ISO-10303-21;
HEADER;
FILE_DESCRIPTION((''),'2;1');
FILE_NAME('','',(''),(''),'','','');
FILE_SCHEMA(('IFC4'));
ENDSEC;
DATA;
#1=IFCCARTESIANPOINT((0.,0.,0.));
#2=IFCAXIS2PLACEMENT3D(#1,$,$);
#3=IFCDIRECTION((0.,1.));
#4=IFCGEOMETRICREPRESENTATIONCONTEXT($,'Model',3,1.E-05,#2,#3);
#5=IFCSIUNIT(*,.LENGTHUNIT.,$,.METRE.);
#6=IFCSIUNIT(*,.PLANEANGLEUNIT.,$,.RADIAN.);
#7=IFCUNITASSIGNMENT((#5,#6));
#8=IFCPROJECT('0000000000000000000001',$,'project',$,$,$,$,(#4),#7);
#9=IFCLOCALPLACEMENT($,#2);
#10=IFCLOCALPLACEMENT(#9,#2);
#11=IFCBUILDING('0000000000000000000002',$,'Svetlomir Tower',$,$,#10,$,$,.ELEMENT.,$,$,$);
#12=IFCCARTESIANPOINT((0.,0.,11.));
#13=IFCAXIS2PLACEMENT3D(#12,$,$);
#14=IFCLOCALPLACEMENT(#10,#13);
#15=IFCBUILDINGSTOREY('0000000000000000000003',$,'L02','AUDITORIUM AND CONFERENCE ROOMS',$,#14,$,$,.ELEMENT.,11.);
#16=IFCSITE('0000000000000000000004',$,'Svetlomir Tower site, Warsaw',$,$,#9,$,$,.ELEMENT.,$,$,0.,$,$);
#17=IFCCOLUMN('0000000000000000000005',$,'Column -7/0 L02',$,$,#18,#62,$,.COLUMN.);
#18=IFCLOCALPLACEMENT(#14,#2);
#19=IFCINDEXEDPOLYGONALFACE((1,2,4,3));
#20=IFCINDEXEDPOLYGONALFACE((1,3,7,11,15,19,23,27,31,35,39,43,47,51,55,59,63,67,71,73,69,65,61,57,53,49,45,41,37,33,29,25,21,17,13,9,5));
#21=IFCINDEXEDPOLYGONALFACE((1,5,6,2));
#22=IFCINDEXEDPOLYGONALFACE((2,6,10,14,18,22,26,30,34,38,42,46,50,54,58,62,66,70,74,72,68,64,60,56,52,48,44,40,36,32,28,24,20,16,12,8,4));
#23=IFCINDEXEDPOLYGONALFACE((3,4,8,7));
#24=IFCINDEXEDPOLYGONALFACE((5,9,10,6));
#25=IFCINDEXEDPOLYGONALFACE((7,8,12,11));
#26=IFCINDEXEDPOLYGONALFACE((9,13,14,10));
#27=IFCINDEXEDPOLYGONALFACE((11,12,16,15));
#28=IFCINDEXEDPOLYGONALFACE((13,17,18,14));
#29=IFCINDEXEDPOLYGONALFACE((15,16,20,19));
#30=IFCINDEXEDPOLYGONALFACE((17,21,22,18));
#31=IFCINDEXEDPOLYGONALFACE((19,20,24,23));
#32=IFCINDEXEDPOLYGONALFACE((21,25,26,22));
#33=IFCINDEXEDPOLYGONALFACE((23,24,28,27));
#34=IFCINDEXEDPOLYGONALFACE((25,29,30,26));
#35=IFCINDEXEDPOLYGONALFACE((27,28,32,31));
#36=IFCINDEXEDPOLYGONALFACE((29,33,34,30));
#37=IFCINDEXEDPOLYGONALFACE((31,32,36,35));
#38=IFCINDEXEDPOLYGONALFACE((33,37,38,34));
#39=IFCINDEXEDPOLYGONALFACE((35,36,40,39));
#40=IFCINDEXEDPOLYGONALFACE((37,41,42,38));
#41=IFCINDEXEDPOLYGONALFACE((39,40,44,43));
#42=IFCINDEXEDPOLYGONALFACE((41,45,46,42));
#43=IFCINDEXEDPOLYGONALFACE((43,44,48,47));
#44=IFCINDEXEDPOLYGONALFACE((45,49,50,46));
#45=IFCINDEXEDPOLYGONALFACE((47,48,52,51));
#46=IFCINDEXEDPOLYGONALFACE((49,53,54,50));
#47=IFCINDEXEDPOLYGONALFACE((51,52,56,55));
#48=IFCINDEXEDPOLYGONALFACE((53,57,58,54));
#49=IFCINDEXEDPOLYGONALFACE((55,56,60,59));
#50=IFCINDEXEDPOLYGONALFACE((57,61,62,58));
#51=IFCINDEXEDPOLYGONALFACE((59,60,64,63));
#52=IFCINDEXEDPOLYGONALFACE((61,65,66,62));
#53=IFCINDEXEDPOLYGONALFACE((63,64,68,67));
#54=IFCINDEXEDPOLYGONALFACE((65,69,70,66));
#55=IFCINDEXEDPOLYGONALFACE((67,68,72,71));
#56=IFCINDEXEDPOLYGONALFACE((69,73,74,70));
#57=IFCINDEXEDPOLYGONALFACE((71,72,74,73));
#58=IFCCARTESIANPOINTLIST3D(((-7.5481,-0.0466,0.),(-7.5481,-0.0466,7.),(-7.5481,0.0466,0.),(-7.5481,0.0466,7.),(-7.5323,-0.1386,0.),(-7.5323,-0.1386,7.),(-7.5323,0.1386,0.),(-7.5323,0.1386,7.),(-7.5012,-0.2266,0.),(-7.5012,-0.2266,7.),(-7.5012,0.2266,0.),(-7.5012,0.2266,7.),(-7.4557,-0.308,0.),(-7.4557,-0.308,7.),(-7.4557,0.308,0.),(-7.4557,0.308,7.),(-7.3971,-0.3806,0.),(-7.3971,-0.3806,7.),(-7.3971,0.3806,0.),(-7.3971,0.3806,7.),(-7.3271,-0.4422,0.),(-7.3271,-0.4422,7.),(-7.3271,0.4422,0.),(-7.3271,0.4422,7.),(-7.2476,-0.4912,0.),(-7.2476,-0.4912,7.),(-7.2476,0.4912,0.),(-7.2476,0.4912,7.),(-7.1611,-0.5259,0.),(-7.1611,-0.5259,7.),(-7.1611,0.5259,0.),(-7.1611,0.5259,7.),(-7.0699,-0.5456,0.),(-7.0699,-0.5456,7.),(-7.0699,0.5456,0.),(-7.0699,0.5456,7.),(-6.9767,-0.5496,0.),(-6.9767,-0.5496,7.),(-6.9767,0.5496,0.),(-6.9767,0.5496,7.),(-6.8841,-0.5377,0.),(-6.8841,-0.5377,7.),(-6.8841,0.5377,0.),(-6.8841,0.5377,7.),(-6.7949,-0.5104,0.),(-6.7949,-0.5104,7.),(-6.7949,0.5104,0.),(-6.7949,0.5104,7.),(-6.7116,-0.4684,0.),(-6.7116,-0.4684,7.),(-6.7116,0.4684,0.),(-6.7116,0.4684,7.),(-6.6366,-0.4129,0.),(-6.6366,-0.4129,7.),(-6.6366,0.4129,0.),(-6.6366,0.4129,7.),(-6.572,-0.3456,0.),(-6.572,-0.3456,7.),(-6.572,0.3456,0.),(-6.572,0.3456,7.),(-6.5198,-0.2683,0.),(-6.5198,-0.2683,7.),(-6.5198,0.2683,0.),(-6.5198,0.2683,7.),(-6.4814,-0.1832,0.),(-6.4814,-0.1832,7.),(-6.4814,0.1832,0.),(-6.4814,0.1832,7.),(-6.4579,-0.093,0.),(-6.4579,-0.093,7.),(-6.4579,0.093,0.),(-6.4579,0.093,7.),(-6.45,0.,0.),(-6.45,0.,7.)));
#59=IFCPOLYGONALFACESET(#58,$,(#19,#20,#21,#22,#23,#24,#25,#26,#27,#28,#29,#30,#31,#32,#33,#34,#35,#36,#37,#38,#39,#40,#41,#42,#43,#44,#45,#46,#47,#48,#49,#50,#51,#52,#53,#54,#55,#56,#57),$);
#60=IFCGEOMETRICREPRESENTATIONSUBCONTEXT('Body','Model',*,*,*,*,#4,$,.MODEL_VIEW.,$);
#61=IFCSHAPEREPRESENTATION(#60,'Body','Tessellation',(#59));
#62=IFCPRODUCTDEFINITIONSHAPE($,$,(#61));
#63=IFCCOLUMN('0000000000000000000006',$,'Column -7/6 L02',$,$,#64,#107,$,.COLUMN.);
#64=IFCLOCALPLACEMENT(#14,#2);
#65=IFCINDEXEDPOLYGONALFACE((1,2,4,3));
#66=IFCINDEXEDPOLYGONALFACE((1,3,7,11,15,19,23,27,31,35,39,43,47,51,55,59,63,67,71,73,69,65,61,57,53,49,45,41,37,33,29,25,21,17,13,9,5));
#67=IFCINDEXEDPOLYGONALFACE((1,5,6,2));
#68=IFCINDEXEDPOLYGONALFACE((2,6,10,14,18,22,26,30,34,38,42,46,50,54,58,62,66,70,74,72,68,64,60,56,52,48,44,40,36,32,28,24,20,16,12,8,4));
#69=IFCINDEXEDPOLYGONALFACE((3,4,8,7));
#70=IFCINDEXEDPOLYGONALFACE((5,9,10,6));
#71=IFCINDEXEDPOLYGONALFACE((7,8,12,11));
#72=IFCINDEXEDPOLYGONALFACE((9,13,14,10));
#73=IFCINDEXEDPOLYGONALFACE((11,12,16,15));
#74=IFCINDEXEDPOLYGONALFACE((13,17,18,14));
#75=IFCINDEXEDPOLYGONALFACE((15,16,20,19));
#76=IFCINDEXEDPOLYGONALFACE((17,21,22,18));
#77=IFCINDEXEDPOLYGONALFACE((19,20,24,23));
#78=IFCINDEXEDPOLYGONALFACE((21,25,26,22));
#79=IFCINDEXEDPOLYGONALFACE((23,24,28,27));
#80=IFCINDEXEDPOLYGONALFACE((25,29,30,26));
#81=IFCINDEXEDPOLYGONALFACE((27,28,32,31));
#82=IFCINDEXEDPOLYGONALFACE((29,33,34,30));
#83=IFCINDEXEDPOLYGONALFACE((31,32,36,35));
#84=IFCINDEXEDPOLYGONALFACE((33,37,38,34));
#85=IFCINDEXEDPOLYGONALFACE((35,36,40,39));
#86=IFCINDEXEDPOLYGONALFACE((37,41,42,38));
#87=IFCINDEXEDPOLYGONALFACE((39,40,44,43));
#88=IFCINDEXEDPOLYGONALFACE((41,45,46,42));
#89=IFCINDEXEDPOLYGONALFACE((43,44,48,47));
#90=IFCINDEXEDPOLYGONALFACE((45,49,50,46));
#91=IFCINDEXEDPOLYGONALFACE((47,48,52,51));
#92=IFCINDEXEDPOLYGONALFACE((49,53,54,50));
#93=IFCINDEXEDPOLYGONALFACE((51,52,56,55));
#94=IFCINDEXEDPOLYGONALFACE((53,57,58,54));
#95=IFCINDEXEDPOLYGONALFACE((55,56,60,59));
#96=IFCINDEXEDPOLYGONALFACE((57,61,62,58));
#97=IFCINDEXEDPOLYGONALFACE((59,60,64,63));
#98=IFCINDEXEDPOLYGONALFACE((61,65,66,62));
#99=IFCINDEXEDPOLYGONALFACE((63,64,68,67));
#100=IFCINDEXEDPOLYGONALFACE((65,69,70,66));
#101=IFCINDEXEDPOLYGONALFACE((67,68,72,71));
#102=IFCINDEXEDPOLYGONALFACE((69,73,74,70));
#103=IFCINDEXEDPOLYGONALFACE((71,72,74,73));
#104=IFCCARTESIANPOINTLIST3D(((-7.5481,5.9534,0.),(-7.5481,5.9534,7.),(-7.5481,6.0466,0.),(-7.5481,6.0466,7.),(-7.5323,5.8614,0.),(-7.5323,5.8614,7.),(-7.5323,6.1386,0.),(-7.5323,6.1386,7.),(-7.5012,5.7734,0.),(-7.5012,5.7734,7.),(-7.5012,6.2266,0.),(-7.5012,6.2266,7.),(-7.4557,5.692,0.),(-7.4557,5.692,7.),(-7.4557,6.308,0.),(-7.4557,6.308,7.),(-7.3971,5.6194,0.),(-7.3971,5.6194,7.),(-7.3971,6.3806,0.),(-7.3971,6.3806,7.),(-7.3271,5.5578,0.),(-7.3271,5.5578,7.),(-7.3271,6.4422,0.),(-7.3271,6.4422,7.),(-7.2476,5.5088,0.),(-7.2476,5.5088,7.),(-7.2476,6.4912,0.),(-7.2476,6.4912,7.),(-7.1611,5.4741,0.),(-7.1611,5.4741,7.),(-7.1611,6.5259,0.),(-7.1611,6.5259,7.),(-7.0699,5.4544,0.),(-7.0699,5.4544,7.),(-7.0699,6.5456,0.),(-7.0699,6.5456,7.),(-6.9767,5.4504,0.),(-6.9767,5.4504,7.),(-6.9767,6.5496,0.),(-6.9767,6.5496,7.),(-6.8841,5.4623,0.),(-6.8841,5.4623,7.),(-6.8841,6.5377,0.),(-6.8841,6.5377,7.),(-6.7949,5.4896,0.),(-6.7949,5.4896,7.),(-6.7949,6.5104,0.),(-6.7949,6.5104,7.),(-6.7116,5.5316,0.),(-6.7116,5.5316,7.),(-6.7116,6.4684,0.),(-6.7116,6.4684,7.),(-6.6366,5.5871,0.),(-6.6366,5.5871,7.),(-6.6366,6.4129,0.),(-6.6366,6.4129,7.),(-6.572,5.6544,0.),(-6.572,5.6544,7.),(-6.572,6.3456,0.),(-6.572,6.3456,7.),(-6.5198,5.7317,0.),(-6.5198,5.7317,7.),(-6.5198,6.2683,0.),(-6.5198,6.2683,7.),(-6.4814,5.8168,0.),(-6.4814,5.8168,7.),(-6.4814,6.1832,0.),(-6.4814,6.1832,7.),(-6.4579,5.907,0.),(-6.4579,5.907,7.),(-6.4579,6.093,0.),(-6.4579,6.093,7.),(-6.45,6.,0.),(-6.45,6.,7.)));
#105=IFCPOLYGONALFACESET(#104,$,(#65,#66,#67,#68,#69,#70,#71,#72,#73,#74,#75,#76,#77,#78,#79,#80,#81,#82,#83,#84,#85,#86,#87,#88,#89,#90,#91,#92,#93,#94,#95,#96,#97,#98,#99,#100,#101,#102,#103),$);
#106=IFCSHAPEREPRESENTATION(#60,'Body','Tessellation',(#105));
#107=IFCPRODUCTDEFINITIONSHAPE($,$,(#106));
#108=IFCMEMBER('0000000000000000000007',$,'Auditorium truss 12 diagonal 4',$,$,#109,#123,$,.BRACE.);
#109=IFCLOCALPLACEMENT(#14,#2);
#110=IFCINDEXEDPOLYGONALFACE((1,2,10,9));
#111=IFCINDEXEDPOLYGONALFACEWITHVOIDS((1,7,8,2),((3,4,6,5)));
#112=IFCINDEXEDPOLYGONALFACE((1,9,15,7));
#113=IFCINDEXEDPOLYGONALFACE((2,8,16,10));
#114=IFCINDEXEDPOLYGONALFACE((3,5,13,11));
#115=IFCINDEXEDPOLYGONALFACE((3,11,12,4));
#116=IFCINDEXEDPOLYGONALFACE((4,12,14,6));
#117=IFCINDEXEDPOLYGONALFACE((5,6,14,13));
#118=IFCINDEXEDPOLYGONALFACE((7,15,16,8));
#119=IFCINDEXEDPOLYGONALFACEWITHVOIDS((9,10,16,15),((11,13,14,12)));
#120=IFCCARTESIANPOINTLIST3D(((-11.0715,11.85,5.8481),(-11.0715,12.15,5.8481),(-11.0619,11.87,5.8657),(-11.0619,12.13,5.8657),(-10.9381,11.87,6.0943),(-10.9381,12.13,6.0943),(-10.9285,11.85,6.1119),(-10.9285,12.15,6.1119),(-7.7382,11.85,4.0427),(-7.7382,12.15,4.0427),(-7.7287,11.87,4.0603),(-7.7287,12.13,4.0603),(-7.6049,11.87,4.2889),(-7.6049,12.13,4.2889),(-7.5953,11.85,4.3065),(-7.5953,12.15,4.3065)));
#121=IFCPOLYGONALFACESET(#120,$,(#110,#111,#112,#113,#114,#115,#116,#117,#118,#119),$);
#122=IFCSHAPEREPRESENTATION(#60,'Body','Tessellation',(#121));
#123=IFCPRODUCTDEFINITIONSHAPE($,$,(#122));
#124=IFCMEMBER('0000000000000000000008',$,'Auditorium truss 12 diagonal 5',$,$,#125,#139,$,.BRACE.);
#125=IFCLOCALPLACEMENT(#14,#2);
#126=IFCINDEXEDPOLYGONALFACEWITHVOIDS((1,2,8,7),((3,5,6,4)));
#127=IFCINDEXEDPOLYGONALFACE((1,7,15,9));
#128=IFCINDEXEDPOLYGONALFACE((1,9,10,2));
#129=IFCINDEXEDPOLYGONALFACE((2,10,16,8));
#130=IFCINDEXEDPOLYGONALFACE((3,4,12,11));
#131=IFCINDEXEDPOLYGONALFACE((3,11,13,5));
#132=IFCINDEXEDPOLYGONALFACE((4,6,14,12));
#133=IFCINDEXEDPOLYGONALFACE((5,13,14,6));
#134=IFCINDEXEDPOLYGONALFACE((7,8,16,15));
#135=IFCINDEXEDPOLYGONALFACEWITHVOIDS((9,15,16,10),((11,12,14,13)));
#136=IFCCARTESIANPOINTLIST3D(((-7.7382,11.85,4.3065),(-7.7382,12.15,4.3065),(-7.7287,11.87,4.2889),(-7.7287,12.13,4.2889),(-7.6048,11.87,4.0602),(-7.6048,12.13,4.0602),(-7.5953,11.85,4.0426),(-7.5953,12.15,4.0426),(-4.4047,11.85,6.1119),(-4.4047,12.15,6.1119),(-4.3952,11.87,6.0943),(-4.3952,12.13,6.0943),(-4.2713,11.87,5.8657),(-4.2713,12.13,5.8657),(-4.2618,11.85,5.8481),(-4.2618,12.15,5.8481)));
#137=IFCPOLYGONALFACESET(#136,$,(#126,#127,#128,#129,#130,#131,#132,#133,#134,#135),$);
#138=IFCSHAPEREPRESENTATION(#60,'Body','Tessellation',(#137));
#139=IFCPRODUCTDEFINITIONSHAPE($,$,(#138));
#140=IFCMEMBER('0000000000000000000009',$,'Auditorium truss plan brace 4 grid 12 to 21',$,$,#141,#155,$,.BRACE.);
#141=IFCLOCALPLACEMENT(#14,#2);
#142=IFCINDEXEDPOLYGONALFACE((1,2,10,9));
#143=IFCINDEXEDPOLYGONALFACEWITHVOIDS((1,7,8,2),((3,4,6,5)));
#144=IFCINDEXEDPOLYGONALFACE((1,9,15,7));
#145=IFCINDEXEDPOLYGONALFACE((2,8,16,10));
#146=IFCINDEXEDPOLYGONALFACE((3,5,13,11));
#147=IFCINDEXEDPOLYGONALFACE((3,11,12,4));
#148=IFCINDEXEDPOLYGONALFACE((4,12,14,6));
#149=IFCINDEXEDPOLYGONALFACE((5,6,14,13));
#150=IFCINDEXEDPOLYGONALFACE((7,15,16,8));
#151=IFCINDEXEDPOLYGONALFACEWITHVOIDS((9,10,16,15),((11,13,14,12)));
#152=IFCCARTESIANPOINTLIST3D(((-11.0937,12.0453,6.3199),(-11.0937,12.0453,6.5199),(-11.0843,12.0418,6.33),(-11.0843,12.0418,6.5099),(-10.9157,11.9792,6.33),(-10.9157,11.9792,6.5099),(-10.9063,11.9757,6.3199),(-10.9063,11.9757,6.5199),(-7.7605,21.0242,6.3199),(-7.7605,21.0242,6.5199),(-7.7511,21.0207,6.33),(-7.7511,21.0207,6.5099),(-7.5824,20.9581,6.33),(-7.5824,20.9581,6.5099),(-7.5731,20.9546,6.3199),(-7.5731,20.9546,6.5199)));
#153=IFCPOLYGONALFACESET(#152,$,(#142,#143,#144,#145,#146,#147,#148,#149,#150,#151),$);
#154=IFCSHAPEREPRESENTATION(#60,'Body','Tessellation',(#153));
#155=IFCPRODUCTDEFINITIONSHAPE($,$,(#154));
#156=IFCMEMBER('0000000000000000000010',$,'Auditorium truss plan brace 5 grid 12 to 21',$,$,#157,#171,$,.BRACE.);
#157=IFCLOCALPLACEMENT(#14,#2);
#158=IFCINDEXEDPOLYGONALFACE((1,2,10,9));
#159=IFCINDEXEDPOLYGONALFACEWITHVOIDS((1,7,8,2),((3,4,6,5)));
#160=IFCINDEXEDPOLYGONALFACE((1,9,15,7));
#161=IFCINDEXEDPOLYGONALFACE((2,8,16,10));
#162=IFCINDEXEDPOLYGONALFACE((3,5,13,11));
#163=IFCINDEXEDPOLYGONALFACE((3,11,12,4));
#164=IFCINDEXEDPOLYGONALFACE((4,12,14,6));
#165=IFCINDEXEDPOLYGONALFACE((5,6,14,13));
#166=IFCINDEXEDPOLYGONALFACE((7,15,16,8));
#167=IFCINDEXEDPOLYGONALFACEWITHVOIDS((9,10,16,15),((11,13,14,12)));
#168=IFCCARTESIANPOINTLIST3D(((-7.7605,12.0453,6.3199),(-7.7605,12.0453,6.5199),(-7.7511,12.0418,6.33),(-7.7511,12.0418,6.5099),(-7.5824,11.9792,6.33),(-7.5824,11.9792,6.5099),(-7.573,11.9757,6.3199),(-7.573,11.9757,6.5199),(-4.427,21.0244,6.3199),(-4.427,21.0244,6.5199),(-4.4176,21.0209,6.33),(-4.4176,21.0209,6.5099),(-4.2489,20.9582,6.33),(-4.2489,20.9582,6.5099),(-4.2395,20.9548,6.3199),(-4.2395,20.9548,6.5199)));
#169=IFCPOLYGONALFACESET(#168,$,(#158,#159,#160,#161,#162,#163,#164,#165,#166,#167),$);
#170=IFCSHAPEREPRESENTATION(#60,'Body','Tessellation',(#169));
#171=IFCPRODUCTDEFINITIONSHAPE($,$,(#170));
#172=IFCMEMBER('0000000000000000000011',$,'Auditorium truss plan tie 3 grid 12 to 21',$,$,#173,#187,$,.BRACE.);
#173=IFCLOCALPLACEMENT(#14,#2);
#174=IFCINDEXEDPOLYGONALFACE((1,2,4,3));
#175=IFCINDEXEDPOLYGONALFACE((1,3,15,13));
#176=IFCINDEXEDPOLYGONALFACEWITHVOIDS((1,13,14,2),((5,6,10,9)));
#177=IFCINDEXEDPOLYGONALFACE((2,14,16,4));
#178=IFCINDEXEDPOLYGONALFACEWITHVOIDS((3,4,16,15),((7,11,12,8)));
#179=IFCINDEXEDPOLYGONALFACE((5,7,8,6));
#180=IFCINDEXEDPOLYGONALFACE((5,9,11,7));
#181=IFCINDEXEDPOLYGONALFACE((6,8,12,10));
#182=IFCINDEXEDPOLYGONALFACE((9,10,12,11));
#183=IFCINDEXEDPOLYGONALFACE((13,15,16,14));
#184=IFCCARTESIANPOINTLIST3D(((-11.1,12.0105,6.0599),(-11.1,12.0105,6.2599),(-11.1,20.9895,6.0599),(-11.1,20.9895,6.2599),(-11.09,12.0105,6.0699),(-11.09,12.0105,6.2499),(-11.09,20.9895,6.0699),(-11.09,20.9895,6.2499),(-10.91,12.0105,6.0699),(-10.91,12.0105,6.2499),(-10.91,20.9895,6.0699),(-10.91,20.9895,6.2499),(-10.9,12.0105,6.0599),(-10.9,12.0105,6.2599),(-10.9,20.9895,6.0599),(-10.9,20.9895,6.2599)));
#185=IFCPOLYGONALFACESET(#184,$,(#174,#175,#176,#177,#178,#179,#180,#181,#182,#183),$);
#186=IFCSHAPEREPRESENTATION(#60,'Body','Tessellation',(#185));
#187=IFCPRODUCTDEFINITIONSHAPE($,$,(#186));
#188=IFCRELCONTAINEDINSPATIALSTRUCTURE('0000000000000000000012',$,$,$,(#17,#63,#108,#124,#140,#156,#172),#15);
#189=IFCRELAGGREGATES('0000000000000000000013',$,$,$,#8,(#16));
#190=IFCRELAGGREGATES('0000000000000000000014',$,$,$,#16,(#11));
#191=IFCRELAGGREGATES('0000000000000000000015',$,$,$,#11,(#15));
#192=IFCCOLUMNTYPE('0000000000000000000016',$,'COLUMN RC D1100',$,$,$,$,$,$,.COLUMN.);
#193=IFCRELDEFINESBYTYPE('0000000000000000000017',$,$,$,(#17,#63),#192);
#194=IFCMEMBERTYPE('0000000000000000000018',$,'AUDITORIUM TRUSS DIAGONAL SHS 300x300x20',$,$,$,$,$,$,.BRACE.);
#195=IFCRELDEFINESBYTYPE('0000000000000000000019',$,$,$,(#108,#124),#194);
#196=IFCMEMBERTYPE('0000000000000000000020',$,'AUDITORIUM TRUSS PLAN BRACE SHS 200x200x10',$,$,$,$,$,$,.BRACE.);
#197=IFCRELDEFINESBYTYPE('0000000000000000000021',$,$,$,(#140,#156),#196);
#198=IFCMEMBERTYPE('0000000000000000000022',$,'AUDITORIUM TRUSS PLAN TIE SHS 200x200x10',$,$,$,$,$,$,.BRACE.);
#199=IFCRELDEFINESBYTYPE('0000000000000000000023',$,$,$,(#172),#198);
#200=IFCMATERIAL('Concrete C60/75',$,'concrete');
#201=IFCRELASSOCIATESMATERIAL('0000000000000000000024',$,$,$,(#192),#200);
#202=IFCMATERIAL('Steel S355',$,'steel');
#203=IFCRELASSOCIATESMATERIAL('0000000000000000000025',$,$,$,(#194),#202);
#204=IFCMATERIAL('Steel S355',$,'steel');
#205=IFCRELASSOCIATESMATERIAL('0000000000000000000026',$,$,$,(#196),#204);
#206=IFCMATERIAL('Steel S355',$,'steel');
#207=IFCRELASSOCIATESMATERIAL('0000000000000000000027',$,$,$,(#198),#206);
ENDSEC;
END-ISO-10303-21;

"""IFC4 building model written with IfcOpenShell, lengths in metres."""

from ifc_helpers import new_model, si_unit, direction, frame, origin, origin_2d, place, context, subcontext, project, spatial, hollow_rectangle, circle, extrude, material, material_profile, profile_set, type_object, element, save


model = new_model("IFC4")

# Units and contexts
model_context = context("Model", 3, precision=1e-05, world=origin(), true_north=direction((0.0, 1.0)))
body_context = subcontext(model_context, "Body", "Model", "MODEL_VIEW")
ifc_project = project(units=[si_unit("LENGTHUNIT", "METRE"), si_unit("PLANEANGLEUNIT", "RADIAN")], contexts=[model_context])

# Site, building, storey
site_placement = place(None, origin())
site = spatial("IfcSite", under=ifc_project, at=site_placement, Name="Svetlomir Tower site, Warsaw", CompositionType="ELEMENT", RefElevation=0.0)
building_placement = place(site_placement, origin())
building = spatial("IfcBuilding", under=site, at=building_placement, Name="Svetlomir Tower", CompositionType="ELEMENT")
storey_placement = place(building_placement, frame((0.0, 0.0, 11.0)))
storey = spatial("IfcBuildingStorey", under=building, at=storey_placement, Name="L02", Description="AUDITORIUM AND CONFERENCE ROOMS", CompositionType="ELEMENT", Elevation=11.0)

# Columns
ifc_material_1 = material(Name="Concrete C60/75", Category="concrete")
ifc_material_profile_1 = material_profile(ifc_material_1, circle(Radius=0.55, at=origin_2d()), Name="RC D1100")
ifc_profile_set_1 = profile_set([ifc_material_profile_1], Name="Concrete C60/75")
column_type = type_object("IfcColumnType", Name="COLUMN RC D1100", PredefinedType="COLUMN", material=ifc_profile_set_1)
for number, where, z_axis, x_axis, name in (
    (1, (-7.0, 0.0, 0.0), (0.0, 0.0, 1.0), (1.0, 0.0, 0.0), "Column -7/0 L02"),
    (2, (-7.0, 6.0, 0.0), (0.0, 0.0, 1.0), (1.0, 0.0, 0.0), "Column -7/6 L02"),
):
    element("IfcColumn", number, at=place(storey_placement, frame(where, z_axis=z_axis, x_axis=x_axis)), inside=storey, type_object=column_type, Name=name, PredefinedType="COLUMN", context=body_context, shape_type="SweptSolid", body=[
        extrude(circle(Radius=0.55, at=origin_2d()), origin(), (0.0, 0.0, 1.0), 7.0),
    ])

# Members
ifc_material_2 = material(Name="Steel S355", Category="steel")
ifc_material_profile_2 = material_profile(ifc_material_2, hollow_rectangle(XDim=0.3, YDim=0.3, WallThickness=0.02, at=origin_2d()), Name="SHS 300x300x20")
ifc_profile_set_2 = profile_set([ifc_material_profile_2], Name="Steel S355")
member_type_1 = type_object("IfcMemberType", Name="AUDITORIUM TRUSS DIAGONAL SHS 300x300x20", PredefinedType="BRACE", material=ifc_profile_set_2)
member_1_placement = place(storey_placement, frame((-11.0, 12.0, 5.98), z_axis=(0.879302, 0.0, -0.476264), x_axis=(0.0, 1.0, 0.0)))
element("IfcMember", 3, at=member_1_placement, inside=storey, type_object=member_type_1, Name="Auditorium truss 12 diagonal 4", PredefinedType="BRACE", context=body_context, shape_type="SweptSolid", body=[
    extrude(hollow_rectangle(XDim=0.3, YDim=0.3, WallThickness=0.02, at=origin_2d()), origin(), (0.0, 0.0, 1.0), 3.7908),
])
member_2_placement = place(storey_placement, frame((-7.6667, 12.0, 4.1746), z_axis=(0.879317, 0.0, 0.476238), x_axis=(0.0, 1.0, 0.0)))
element("IfcMember", 4, at=member_2_placement, inside=storey, type_object=member_type_1, Name="Auditorium truss 12 diagonal 5", PredefinedType="BRACE", context=body_context, shape_type="SweptSolid", body=[
    extrude(hollow_rectangle(XDim=0.3, YDim=0.3, WallThickness=0.02, at=origin_2d()), origin(), (0.0, 0.0, 1.0), 3.791),
])
ifc_material_3 = material(Name="Steel S355", Category="steel")
ifc_material_profile_3 = material_profile(ifc_material_3, hollow_rectangle(XDim=0.2, YDim=0.2, WallThickness=0.01, at=origin_2d()), Name="SHS 200x200x10")
ifc_profile_set_3 = profile_set([ifc_material_profile_3], Name="Steel S355")
member_type_2 = type_object("IfcMemberType", Name="AUDITORIUM TRUSS PLAN BRACE SHS 200x200x10", PredefinedType="BRACE", material=ifc_profile_set_3)
member_3_placement = place(storey_placement, frame((-11.0, 12.0105, 6.4199), z_axis=(0.348021, 0.937487, 0.0), x_axis=(-0.937487, 0.348021, 0.0)))
element("IfcMember", 5, at=member_3_placement, inside=storey, type_object=member_type_2, Name="Auditorium truss plan brace 4 grid 12 to 21", PredefinedType="BRACE", context=body_context, shape_type="SweptSolid", body=[
    extrude(hollow_rectangle(XDim=0.2, YDim=0.2, WallThickness=0.01, at=origin_2d()), origin(), (0.0, 0.0, 1.0), 9.5776),
])
member_4_placement = place(storey_placement, frame((-7.6667, 12.0105, 6.4199), z_axis=(0.348043, 0.937479, 0.0), x_axis=(-0.937479, 0.348043, 0.0)))
element("IfcMember", 6, at=member_4_placement, inside=storey, type_object=member_type_2, Name="Auditorium truss plan brace 5 grid 12 to 21", PredefinedType="BRACE", context=body_context, shape_type="SweptSolid", body=[
    extrude(hollow_rectangle(XDim=0.2, YDim=0.2, WallThickness=0.01, at=origin_2d()), origin(), (0.0, 0.0, 1.0), 9.5779),
])
ifc_material_4 = material(Name="Steel S355", Category="steel")
ifc_material_profile_4 = material_profile(ifc_material_4, hollow_rectangle(XDim=0.2, YDim=0.2, WallThickness=0.01, at=origin_2d()), Name="SHS 200x200x10")
ifc_profile_set_4 = profile_set([ifc_material_profile_4], Name="Steel S355")
member_type_3 = type_object("IfcMemberType", Name="AUDITORIUM TRUSS PLAN TIE SHS 200x200x10", PredefinedType="BRACE", material=ifc_profile_set_4)
for number, where, z_axis, x_axis, name in (
    (7, (-11.0, 12.0105, 6.1599), (0.0, 1.0, 0.0), (-1.0, 0.0, 0.0), "Auditorium truss plan tie 3 grid 12 to 21"),
):
    element("IfcMember", number, at=place(storey_placement, frame(where, z_axis=z_axis, x_axis=x_axis)), inside=storey, type_object=member_type_3, Name=name, PredefinedType="BRACE", context=body_context, shape_type="SweptSolid", body=[
        extrude(hollow_rectangle(XDim=0.2, YDim=0.2, WallThickness=0.01, at=origin_2d()), origin(), (0.0, 0.0, 1.0), 8.979),
    ])

save(model, "model.ifc")
